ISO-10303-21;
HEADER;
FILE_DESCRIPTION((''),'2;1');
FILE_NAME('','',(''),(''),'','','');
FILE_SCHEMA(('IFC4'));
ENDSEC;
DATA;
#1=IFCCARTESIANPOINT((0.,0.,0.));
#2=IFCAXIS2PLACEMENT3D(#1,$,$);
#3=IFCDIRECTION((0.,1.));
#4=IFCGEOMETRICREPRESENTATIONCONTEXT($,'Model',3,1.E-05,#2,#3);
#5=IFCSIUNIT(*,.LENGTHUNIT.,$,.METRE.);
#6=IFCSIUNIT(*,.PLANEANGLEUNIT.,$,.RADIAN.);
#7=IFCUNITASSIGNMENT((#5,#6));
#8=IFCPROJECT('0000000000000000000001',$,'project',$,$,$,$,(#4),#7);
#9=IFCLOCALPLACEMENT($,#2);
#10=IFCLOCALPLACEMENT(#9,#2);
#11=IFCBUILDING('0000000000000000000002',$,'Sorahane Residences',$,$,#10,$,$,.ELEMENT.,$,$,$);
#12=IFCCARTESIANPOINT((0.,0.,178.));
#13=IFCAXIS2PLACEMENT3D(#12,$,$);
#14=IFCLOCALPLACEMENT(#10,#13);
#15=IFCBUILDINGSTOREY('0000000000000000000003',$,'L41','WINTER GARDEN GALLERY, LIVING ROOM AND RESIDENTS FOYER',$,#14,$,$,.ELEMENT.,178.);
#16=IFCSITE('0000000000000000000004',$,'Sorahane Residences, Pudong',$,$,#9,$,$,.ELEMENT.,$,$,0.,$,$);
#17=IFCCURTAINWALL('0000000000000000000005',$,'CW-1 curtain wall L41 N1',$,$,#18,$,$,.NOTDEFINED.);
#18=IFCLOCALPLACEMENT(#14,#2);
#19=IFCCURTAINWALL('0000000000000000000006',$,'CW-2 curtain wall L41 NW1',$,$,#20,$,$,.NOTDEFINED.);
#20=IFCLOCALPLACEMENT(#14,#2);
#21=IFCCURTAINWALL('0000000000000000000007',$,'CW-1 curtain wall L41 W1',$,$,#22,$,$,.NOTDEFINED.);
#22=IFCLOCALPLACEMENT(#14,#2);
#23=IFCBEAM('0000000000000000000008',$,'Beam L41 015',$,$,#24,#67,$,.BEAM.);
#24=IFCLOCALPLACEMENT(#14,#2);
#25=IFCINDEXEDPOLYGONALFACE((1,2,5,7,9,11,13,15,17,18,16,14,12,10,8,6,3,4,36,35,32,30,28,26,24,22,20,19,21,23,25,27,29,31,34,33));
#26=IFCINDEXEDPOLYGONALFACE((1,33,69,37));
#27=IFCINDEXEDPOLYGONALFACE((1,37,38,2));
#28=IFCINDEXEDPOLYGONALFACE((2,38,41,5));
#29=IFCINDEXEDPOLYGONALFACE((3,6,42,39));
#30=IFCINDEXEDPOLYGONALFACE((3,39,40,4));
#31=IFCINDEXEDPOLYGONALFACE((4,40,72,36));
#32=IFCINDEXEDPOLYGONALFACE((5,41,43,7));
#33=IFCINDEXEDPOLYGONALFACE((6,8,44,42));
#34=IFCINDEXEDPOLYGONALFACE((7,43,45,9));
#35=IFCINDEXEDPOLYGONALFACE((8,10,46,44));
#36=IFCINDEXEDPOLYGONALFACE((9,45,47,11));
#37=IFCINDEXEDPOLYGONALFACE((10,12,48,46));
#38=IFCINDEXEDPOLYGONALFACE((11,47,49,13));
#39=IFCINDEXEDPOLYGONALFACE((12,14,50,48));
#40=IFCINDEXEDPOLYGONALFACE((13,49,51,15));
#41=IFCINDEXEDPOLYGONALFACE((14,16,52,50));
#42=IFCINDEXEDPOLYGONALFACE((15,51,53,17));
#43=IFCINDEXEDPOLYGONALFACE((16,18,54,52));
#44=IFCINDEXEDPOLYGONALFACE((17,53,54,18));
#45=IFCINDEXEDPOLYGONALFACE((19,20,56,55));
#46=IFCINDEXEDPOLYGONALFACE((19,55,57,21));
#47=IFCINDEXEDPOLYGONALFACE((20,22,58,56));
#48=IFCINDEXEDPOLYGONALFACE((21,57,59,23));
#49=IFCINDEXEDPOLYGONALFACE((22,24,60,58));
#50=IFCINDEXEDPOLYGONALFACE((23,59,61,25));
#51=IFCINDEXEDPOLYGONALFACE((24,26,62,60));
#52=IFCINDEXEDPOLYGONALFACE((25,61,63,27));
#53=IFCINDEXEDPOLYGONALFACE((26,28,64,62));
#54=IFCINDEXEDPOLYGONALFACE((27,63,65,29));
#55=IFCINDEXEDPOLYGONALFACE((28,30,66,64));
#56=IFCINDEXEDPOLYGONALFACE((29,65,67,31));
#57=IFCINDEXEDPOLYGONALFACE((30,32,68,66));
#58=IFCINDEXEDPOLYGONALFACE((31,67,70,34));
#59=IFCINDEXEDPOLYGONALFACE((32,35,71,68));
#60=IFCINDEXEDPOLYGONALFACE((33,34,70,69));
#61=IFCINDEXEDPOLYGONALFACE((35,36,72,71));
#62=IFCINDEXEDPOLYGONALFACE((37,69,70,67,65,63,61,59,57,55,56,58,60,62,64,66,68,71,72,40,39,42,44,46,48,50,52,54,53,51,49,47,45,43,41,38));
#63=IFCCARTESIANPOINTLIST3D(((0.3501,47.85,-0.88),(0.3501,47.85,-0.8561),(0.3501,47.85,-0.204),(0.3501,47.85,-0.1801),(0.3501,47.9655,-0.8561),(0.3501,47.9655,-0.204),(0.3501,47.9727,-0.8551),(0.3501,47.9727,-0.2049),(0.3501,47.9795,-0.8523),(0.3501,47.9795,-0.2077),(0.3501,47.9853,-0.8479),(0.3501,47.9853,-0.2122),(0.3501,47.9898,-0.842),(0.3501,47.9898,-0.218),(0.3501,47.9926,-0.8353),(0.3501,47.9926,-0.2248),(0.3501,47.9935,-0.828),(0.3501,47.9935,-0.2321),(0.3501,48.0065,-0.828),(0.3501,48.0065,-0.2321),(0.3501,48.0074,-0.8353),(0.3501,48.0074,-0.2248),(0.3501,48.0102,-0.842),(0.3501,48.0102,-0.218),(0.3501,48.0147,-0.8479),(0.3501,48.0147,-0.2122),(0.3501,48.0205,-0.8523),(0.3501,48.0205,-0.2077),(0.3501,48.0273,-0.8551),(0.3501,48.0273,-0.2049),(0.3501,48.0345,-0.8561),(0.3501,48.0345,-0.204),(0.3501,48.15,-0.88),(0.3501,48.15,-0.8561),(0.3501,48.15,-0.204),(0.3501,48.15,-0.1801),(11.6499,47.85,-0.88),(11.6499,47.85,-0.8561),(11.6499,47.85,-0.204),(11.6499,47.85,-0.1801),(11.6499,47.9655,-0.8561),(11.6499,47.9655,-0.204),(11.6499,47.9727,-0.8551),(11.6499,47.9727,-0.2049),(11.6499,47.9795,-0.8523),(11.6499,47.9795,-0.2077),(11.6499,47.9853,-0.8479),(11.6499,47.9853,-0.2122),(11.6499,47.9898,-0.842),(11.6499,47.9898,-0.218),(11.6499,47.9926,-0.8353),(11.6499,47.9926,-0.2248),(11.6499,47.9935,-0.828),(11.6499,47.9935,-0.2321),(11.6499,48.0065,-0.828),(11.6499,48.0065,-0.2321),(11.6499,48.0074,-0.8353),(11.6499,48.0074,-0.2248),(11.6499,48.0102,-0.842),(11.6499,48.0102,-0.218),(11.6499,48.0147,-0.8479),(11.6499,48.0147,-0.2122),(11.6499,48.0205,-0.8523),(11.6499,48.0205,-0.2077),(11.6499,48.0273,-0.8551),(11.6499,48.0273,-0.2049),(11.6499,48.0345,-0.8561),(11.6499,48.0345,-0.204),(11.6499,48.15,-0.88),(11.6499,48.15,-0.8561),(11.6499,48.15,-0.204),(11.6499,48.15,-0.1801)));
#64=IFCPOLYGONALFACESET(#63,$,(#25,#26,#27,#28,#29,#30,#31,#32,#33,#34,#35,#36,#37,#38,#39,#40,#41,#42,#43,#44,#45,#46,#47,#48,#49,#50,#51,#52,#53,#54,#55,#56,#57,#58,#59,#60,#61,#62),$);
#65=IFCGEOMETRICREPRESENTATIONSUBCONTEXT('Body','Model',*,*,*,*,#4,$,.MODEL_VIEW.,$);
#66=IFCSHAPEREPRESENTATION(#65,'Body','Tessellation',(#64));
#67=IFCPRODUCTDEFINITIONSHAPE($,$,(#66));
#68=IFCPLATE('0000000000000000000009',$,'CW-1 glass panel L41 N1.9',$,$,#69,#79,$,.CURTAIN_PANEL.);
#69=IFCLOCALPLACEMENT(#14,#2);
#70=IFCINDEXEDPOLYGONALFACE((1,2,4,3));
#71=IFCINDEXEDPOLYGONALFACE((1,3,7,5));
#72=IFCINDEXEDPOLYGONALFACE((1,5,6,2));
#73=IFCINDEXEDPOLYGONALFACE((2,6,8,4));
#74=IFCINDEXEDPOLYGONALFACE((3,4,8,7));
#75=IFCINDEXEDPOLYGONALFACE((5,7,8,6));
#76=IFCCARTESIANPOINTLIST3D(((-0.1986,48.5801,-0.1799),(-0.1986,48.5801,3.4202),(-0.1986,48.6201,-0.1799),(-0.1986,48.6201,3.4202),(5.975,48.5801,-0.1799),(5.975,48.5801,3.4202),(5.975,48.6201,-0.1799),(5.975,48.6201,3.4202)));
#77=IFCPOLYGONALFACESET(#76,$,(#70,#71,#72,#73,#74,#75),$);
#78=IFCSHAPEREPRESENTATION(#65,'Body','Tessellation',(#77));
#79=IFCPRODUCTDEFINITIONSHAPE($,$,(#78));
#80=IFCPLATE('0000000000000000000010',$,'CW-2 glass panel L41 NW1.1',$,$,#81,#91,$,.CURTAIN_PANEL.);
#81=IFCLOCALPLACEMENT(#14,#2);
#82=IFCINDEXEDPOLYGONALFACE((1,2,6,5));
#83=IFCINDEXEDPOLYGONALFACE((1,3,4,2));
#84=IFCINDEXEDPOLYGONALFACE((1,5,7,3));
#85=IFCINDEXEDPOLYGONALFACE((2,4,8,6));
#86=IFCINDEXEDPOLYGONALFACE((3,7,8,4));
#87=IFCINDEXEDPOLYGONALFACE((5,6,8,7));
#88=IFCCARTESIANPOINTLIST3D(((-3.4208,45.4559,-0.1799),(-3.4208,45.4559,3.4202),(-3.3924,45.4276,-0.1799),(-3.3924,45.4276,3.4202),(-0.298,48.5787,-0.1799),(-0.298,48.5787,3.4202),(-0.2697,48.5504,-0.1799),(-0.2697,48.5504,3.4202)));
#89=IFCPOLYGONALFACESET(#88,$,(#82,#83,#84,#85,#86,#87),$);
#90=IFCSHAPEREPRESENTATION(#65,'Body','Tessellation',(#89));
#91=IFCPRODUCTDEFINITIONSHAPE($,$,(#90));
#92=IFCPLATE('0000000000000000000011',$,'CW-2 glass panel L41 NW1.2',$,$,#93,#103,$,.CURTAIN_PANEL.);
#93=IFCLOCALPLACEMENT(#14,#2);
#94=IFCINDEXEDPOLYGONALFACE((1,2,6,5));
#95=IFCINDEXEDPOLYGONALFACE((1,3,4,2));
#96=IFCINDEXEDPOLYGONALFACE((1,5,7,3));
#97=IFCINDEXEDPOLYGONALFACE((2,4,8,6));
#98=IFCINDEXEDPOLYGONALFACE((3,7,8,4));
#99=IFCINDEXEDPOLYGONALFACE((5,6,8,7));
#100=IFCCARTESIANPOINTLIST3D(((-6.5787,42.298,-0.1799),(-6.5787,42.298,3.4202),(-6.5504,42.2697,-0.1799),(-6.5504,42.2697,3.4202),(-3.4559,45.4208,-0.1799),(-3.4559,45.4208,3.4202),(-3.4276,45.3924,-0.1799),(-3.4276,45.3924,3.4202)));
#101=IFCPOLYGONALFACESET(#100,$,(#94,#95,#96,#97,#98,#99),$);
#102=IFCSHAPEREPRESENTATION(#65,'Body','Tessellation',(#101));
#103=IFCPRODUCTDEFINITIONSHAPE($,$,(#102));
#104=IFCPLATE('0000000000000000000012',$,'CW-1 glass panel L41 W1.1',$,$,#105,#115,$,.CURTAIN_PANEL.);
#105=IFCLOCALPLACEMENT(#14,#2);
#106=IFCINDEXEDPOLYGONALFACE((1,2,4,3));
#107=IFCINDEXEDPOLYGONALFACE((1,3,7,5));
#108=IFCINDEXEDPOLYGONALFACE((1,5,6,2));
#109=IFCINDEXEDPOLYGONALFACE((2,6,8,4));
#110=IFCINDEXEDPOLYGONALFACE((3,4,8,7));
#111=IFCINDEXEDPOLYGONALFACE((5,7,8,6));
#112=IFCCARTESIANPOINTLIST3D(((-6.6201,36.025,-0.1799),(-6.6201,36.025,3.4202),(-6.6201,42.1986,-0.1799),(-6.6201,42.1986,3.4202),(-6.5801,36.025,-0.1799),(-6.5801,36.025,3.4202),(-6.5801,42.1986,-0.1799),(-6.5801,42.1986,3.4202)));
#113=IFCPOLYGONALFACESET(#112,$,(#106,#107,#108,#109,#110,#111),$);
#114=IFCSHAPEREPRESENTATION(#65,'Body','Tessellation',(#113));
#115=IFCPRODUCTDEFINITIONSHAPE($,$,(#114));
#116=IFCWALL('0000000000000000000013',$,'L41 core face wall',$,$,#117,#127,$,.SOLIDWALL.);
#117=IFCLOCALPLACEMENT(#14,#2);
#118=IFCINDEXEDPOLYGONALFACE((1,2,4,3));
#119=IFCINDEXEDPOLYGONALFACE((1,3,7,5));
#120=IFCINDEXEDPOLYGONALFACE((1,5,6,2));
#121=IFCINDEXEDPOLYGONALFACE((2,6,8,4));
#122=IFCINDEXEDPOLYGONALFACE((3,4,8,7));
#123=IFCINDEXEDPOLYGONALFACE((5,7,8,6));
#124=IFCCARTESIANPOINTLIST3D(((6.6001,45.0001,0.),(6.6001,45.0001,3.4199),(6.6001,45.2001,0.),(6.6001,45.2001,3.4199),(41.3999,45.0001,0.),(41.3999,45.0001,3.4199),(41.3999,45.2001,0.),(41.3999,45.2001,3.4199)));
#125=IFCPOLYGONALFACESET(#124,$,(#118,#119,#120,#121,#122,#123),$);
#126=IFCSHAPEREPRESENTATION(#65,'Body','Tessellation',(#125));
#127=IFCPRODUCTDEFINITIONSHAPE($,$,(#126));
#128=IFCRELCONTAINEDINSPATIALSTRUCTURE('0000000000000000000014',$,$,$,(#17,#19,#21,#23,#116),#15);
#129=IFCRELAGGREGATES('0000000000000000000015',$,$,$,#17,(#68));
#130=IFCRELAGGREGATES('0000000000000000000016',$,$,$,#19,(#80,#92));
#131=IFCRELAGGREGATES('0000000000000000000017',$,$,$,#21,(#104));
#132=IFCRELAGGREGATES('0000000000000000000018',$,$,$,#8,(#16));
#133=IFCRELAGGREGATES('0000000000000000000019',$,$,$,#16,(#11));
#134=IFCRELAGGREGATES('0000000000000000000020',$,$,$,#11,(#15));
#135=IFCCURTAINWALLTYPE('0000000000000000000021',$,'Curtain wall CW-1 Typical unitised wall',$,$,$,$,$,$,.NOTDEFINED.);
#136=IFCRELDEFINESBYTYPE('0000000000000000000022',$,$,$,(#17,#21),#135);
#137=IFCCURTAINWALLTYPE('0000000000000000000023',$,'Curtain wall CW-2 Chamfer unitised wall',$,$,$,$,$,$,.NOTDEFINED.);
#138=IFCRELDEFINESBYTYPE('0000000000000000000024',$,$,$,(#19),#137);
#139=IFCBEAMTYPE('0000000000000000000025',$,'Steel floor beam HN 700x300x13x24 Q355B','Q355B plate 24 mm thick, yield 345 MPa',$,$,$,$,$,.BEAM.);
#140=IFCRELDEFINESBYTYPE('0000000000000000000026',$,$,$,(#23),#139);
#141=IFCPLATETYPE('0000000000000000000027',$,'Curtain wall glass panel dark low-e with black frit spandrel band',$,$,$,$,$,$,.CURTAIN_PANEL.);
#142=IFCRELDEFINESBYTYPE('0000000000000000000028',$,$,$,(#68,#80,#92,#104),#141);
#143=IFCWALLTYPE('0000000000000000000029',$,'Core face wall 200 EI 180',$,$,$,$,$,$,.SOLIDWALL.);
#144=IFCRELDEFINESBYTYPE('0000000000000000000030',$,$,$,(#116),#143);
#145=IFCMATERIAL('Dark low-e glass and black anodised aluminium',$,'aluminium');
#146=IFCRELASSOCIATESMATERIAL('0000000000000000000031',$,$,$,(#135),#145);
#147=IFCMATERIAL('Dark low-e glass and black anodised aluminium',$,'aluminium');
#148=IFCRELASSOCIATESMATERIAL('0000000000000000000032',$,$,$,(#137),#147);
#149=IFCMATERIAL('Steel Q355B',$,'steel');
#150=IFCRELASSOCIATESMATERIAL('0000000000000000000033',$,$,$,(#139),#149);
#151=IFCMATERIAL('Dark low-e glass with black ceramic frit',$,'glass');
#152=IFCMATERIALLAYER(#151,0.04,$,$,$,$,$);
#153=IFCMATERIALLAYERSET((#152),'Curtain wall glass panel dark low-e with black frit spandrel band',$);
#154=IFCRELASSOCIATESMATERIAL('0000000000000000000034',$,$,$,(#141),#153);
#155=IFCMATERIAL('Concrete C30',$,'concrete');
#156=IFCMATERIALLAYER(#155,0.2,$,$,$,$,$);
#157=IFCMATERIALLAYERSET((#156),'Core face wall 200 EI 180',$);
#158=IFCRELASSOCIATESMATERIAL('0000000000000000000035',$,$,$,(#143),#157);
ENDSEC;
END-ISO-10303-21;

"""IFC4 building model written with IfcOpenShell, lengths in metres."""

from ifc_helpers import new_model, si_unit, direction, frame, frame_2d, origin, origin_2d, place, context, subcontext, project, spatial, rectangle, i_section, extrude, material, layer, layer_set, material_profile, profile_set, type_object, element, aggregate, save


model = new_model("IFC4")

# Units and contexts
model_context = context("Model", 3, precision=1e-05, world=origin(), true_north=direction((0.0, 1.0)))
body_context = subcontext(model_context, "Body", "Model", "MODEL_VIEW")
ifc_project = project(units=[si_unit("LENGTHUNIT", "METRE"), si_unit("PLANEANGLEUNIT", "RADIAN")], contexts=[model_context])

# Site, building, storey
site_placement = place(None, origin())
site = spatial("IfcSite", under=ifc_project, at=site_placement, Name="Sorahane Residences, Pudong", CompositionType="ELEMENT", RefElevation=0.0)
building_placement = place(site_placement, origin())
building = spatial("IfcBuilding", under=site, at=building_placement, Name="Sorahane Residences", CompositionType="ELEMENT")
storey_placement = place(building_placement, frame((0.0, 0.0, 178.0)))
storey = spatial("IfcBuildingStorey", under=building, at=storey_placement, Name="L41", Description="WINTER GARDEN GALLERY, LIVING ROOM AND RESIDENTS FOYER", CompositionType="ELEMENT", Elevation=178.0)

# Curtain walls
ifc_material_1 = material(Name="Dark low-e glass and black anodised aluminium", Category="aluminium")
curtain_wall_type_1 = type_object("IfcCurtainWallType", Name="Curtain wall CW-1 Typical unitised wall", PredefinedType="NOTDEFINED", material=ifc_material_1)
curtain_wall_1_placement = place(storey_placement, origin())
curtain_wall_1 = element("IfcCurtainWall", 1, at=curtain_wall_1_placement, inside=storey, type_object=curtain_wall_type_1, Name="CW-1 curtain wall L41 N1", PredefinedType="NOTDEFINED")
ifc_material_2 = material(Name="Dark low-e glass and black anodised aluminium", Category="aluminium")
curtain_wall_type_2 = type_object("IfcCurtainWallType", Name="Curtain wall CW-2 Chamfer unitised wall", PredefinedType="NOTDEFINED", material=ifc_material_2)
curtain_wall_2_placement = place(storey_placement, origin())
curtain_wall_2 = element("IfcCurtainWall", 2, at=curtain_wall_2_placement, inside=storey, type_object=curtain_wall_type_2, Name="CW-2 curtain wall L41 NW1", PredefinedType="NOTDEFINED")

# Curtain wall
curtain_wall_3_placement = place(storey_placement, origin())
curtain_wall_3 = element("IfcCurtainWall", 3, at=curtain_wall_3_placement, inside=storey, type_object=curtain_wall_type_1, Name="CW-1 curtain wall L41 W1", PredefinedType="NOTDEFINED")

# Beam
ifc_material_3 = material(Name="Steel Q355B", Category="steel")
ifc_material_profile_1 = material_profile(ifc_material_3, i_section(OverallWidth=0.3, OverallDepth=0.7, WebThickness=0.0129, FlangeThickness=0.0239, FilletRadius=0.0281, at=origin_2d()), Name="HN 700x300x13x24")
ifc_profile_set_1 = profile_set([ifc_material_profile_1], Name="Steel Q355B")
beam_type_1 = type_object("IfcBeamType", Name="Steel floor beam HN 700x300x13x24 Q355B", Description="Q355B plate 24 mm thick, yield 345 MPa", PredefinedType="BEAM", material=ifc_profile_set_1)
beam_1_placement = place(storey_placement, frame((0.3501, 48.0, -0.53), z_axis=(1.0, 0.0, 0.0), x_axis=(0.0, 1.0, 0.0)))
element("IfcBeam", 4, at=beam_1_placement, inside=storey, type_object=beam_type_1, Name="Beam L41 015", PredefinedType="BEAM", context=body_context, shape_type="SweptSolid", body=[
    extrude(i_section(OverallWidth=0.3, OverallDepth=0.7, WebThickness=0.0129, FlangeThickness=0.0239, FilletRadius=0.0281, at=origin_2d()), origin(), (0.0, 0.0, 1.0), 11.2998),
])

# Plates
ifc_material_4 = material(Name="Dark low-e glass with black ceramic frit", Category="glass")
ifc_layer_1 = layer(ifc_material_4, 0.04)
ifc_layer_set_1 = layer_set([ifc_layer_1], Name="Curtain wall glass panel dark low-e with black frit spandrel band")
plate_type = type_object("IfcPlateType", Name="Curtain wall glass panel dark low-e with black frit spandrel band", PredefinedType="CURTAIN_PANEL", material=ifc_layer_set_1)
plate_1_placement = place(storey_placement, frame((2.8882, 48.6001, -0.1799), z_axis=(0.0, 0.0, 1.0), x_axis=(-1.0, 0.0, 0.0)))
plate_1 = element("IfcPlate", 5, at=plate_1_placement, type_object=plate_type, Name="CW-1 glass panel L41 N1.9", PredefinedType="CURTAIN_PANEL", context=body_context, shape_type="SweptSolid", body=[
    extrude(rectangle(XDim=6.1736, YDim=0.04, at=origin_2d()), origin(), (0.0, 0.0, 1.0), 3.6001),
])
aggregate(curtain_wall_1, [plate_1])
plate_2_placement = place(storey_placement, frame((-1.8452, 47.0032, -0.1799), z_axis=(0.0, 0.0, 1.0), x_axis=(-0.707107, -0.707107, 0.0)))
plate_2 = element("IfcPlate", 6, at=plate_2_placement, type_object=plate_type, Name="CW-2 glass panel L41 NW1.1", PredefinedType="CURTAIN_PANEL", context=body_context, shape_type="SweptSolid", body=[
    extrude(rectangle(XDim=4.4163, YDim=0.04, at=origin_2d()), origin(), (0.0, 0.0, 1.0), 3.6001),
])
plate_3_placement = place(storey_placement, frame((-5.0032, 43.8452, -0.1799), z_axis=(0.0, 0.0, 1.0), x_axis=(-0.707107, -0.707107, 0.0)))
plate_3 = element("IfcPlate", 7, at=plate_3_placement, type_object=plate_type, Name="CW-2 glass panel L41 NW1.2", PredefinedType="CURTAIN_PANEL", context=body_context, shape_type="SweptSolid", body=[
    extrude(rectangle(XDim=4.4163, YDim=0.04, at=origin_2d()), origin(), (0.0, 0.0, 1.0), 3.6001),
])
aggregate(curtain_wall_2, [plate_2, plate_3])
plate_4_placement = place(storey_placement, frame((-6.6001, 39.1118, -0.1799), z_axis=(0.0, 0.0, 1.0), x_axis=(0.0, -1.0, 0.0)))
plate_4 = element("IfcPlate", 8, at=plate_4_placement, type_object=plate_type, Name="CW-1 glass panel L41 W1.1", PredefinedType="CURTAIN_PANEL", context=body_context, shape_type="SweptSolid", body=[
    extrude(rectangle(XDim=6.1736, YDim=0.04, at=origin_2d()), origin(), (0.0, 0.0, 1.0), 3.6001),
])
aggregate(curtain_wall_3, [plate_4])

# Wall
ifc_material_5 = material(Name="Concrete C30", Category="concrete")
ifc_layer_2 = layer(ifc_material_5, 0.2)
ifc_layer_set_2 = layer_set([ifc_layer_2], Name="Core face wall 200 EI 180")
wall_type = type_object("IfcWallType", Name="Core face wall 200 EI 180", PredefinedType="SOLIDWALL", material=ifc_layer_set_2)
wall_placement = place(storey_placement, frame((6.6001, 45.1001, 0.0), z_axis=(0.0, 0.0, 1.0), x_axis=(1.0, 0.0, 0.0)))
element("IfcWall", 9, at=wall_placement, inside=storey, type_object=wall_type, Name="L41 core face wall", PredefinedType="SOLIDWALL", context=body_context, shape_type="SweptSolid", body=[
    extrude(rectangle(XDim=34.7998, YDim=0.2, at=frame_2d((17.3999, 0.0))), origin(), (0.0, 0.0, 1.0), 3.4199),
])

save(model, "model.ifc")
